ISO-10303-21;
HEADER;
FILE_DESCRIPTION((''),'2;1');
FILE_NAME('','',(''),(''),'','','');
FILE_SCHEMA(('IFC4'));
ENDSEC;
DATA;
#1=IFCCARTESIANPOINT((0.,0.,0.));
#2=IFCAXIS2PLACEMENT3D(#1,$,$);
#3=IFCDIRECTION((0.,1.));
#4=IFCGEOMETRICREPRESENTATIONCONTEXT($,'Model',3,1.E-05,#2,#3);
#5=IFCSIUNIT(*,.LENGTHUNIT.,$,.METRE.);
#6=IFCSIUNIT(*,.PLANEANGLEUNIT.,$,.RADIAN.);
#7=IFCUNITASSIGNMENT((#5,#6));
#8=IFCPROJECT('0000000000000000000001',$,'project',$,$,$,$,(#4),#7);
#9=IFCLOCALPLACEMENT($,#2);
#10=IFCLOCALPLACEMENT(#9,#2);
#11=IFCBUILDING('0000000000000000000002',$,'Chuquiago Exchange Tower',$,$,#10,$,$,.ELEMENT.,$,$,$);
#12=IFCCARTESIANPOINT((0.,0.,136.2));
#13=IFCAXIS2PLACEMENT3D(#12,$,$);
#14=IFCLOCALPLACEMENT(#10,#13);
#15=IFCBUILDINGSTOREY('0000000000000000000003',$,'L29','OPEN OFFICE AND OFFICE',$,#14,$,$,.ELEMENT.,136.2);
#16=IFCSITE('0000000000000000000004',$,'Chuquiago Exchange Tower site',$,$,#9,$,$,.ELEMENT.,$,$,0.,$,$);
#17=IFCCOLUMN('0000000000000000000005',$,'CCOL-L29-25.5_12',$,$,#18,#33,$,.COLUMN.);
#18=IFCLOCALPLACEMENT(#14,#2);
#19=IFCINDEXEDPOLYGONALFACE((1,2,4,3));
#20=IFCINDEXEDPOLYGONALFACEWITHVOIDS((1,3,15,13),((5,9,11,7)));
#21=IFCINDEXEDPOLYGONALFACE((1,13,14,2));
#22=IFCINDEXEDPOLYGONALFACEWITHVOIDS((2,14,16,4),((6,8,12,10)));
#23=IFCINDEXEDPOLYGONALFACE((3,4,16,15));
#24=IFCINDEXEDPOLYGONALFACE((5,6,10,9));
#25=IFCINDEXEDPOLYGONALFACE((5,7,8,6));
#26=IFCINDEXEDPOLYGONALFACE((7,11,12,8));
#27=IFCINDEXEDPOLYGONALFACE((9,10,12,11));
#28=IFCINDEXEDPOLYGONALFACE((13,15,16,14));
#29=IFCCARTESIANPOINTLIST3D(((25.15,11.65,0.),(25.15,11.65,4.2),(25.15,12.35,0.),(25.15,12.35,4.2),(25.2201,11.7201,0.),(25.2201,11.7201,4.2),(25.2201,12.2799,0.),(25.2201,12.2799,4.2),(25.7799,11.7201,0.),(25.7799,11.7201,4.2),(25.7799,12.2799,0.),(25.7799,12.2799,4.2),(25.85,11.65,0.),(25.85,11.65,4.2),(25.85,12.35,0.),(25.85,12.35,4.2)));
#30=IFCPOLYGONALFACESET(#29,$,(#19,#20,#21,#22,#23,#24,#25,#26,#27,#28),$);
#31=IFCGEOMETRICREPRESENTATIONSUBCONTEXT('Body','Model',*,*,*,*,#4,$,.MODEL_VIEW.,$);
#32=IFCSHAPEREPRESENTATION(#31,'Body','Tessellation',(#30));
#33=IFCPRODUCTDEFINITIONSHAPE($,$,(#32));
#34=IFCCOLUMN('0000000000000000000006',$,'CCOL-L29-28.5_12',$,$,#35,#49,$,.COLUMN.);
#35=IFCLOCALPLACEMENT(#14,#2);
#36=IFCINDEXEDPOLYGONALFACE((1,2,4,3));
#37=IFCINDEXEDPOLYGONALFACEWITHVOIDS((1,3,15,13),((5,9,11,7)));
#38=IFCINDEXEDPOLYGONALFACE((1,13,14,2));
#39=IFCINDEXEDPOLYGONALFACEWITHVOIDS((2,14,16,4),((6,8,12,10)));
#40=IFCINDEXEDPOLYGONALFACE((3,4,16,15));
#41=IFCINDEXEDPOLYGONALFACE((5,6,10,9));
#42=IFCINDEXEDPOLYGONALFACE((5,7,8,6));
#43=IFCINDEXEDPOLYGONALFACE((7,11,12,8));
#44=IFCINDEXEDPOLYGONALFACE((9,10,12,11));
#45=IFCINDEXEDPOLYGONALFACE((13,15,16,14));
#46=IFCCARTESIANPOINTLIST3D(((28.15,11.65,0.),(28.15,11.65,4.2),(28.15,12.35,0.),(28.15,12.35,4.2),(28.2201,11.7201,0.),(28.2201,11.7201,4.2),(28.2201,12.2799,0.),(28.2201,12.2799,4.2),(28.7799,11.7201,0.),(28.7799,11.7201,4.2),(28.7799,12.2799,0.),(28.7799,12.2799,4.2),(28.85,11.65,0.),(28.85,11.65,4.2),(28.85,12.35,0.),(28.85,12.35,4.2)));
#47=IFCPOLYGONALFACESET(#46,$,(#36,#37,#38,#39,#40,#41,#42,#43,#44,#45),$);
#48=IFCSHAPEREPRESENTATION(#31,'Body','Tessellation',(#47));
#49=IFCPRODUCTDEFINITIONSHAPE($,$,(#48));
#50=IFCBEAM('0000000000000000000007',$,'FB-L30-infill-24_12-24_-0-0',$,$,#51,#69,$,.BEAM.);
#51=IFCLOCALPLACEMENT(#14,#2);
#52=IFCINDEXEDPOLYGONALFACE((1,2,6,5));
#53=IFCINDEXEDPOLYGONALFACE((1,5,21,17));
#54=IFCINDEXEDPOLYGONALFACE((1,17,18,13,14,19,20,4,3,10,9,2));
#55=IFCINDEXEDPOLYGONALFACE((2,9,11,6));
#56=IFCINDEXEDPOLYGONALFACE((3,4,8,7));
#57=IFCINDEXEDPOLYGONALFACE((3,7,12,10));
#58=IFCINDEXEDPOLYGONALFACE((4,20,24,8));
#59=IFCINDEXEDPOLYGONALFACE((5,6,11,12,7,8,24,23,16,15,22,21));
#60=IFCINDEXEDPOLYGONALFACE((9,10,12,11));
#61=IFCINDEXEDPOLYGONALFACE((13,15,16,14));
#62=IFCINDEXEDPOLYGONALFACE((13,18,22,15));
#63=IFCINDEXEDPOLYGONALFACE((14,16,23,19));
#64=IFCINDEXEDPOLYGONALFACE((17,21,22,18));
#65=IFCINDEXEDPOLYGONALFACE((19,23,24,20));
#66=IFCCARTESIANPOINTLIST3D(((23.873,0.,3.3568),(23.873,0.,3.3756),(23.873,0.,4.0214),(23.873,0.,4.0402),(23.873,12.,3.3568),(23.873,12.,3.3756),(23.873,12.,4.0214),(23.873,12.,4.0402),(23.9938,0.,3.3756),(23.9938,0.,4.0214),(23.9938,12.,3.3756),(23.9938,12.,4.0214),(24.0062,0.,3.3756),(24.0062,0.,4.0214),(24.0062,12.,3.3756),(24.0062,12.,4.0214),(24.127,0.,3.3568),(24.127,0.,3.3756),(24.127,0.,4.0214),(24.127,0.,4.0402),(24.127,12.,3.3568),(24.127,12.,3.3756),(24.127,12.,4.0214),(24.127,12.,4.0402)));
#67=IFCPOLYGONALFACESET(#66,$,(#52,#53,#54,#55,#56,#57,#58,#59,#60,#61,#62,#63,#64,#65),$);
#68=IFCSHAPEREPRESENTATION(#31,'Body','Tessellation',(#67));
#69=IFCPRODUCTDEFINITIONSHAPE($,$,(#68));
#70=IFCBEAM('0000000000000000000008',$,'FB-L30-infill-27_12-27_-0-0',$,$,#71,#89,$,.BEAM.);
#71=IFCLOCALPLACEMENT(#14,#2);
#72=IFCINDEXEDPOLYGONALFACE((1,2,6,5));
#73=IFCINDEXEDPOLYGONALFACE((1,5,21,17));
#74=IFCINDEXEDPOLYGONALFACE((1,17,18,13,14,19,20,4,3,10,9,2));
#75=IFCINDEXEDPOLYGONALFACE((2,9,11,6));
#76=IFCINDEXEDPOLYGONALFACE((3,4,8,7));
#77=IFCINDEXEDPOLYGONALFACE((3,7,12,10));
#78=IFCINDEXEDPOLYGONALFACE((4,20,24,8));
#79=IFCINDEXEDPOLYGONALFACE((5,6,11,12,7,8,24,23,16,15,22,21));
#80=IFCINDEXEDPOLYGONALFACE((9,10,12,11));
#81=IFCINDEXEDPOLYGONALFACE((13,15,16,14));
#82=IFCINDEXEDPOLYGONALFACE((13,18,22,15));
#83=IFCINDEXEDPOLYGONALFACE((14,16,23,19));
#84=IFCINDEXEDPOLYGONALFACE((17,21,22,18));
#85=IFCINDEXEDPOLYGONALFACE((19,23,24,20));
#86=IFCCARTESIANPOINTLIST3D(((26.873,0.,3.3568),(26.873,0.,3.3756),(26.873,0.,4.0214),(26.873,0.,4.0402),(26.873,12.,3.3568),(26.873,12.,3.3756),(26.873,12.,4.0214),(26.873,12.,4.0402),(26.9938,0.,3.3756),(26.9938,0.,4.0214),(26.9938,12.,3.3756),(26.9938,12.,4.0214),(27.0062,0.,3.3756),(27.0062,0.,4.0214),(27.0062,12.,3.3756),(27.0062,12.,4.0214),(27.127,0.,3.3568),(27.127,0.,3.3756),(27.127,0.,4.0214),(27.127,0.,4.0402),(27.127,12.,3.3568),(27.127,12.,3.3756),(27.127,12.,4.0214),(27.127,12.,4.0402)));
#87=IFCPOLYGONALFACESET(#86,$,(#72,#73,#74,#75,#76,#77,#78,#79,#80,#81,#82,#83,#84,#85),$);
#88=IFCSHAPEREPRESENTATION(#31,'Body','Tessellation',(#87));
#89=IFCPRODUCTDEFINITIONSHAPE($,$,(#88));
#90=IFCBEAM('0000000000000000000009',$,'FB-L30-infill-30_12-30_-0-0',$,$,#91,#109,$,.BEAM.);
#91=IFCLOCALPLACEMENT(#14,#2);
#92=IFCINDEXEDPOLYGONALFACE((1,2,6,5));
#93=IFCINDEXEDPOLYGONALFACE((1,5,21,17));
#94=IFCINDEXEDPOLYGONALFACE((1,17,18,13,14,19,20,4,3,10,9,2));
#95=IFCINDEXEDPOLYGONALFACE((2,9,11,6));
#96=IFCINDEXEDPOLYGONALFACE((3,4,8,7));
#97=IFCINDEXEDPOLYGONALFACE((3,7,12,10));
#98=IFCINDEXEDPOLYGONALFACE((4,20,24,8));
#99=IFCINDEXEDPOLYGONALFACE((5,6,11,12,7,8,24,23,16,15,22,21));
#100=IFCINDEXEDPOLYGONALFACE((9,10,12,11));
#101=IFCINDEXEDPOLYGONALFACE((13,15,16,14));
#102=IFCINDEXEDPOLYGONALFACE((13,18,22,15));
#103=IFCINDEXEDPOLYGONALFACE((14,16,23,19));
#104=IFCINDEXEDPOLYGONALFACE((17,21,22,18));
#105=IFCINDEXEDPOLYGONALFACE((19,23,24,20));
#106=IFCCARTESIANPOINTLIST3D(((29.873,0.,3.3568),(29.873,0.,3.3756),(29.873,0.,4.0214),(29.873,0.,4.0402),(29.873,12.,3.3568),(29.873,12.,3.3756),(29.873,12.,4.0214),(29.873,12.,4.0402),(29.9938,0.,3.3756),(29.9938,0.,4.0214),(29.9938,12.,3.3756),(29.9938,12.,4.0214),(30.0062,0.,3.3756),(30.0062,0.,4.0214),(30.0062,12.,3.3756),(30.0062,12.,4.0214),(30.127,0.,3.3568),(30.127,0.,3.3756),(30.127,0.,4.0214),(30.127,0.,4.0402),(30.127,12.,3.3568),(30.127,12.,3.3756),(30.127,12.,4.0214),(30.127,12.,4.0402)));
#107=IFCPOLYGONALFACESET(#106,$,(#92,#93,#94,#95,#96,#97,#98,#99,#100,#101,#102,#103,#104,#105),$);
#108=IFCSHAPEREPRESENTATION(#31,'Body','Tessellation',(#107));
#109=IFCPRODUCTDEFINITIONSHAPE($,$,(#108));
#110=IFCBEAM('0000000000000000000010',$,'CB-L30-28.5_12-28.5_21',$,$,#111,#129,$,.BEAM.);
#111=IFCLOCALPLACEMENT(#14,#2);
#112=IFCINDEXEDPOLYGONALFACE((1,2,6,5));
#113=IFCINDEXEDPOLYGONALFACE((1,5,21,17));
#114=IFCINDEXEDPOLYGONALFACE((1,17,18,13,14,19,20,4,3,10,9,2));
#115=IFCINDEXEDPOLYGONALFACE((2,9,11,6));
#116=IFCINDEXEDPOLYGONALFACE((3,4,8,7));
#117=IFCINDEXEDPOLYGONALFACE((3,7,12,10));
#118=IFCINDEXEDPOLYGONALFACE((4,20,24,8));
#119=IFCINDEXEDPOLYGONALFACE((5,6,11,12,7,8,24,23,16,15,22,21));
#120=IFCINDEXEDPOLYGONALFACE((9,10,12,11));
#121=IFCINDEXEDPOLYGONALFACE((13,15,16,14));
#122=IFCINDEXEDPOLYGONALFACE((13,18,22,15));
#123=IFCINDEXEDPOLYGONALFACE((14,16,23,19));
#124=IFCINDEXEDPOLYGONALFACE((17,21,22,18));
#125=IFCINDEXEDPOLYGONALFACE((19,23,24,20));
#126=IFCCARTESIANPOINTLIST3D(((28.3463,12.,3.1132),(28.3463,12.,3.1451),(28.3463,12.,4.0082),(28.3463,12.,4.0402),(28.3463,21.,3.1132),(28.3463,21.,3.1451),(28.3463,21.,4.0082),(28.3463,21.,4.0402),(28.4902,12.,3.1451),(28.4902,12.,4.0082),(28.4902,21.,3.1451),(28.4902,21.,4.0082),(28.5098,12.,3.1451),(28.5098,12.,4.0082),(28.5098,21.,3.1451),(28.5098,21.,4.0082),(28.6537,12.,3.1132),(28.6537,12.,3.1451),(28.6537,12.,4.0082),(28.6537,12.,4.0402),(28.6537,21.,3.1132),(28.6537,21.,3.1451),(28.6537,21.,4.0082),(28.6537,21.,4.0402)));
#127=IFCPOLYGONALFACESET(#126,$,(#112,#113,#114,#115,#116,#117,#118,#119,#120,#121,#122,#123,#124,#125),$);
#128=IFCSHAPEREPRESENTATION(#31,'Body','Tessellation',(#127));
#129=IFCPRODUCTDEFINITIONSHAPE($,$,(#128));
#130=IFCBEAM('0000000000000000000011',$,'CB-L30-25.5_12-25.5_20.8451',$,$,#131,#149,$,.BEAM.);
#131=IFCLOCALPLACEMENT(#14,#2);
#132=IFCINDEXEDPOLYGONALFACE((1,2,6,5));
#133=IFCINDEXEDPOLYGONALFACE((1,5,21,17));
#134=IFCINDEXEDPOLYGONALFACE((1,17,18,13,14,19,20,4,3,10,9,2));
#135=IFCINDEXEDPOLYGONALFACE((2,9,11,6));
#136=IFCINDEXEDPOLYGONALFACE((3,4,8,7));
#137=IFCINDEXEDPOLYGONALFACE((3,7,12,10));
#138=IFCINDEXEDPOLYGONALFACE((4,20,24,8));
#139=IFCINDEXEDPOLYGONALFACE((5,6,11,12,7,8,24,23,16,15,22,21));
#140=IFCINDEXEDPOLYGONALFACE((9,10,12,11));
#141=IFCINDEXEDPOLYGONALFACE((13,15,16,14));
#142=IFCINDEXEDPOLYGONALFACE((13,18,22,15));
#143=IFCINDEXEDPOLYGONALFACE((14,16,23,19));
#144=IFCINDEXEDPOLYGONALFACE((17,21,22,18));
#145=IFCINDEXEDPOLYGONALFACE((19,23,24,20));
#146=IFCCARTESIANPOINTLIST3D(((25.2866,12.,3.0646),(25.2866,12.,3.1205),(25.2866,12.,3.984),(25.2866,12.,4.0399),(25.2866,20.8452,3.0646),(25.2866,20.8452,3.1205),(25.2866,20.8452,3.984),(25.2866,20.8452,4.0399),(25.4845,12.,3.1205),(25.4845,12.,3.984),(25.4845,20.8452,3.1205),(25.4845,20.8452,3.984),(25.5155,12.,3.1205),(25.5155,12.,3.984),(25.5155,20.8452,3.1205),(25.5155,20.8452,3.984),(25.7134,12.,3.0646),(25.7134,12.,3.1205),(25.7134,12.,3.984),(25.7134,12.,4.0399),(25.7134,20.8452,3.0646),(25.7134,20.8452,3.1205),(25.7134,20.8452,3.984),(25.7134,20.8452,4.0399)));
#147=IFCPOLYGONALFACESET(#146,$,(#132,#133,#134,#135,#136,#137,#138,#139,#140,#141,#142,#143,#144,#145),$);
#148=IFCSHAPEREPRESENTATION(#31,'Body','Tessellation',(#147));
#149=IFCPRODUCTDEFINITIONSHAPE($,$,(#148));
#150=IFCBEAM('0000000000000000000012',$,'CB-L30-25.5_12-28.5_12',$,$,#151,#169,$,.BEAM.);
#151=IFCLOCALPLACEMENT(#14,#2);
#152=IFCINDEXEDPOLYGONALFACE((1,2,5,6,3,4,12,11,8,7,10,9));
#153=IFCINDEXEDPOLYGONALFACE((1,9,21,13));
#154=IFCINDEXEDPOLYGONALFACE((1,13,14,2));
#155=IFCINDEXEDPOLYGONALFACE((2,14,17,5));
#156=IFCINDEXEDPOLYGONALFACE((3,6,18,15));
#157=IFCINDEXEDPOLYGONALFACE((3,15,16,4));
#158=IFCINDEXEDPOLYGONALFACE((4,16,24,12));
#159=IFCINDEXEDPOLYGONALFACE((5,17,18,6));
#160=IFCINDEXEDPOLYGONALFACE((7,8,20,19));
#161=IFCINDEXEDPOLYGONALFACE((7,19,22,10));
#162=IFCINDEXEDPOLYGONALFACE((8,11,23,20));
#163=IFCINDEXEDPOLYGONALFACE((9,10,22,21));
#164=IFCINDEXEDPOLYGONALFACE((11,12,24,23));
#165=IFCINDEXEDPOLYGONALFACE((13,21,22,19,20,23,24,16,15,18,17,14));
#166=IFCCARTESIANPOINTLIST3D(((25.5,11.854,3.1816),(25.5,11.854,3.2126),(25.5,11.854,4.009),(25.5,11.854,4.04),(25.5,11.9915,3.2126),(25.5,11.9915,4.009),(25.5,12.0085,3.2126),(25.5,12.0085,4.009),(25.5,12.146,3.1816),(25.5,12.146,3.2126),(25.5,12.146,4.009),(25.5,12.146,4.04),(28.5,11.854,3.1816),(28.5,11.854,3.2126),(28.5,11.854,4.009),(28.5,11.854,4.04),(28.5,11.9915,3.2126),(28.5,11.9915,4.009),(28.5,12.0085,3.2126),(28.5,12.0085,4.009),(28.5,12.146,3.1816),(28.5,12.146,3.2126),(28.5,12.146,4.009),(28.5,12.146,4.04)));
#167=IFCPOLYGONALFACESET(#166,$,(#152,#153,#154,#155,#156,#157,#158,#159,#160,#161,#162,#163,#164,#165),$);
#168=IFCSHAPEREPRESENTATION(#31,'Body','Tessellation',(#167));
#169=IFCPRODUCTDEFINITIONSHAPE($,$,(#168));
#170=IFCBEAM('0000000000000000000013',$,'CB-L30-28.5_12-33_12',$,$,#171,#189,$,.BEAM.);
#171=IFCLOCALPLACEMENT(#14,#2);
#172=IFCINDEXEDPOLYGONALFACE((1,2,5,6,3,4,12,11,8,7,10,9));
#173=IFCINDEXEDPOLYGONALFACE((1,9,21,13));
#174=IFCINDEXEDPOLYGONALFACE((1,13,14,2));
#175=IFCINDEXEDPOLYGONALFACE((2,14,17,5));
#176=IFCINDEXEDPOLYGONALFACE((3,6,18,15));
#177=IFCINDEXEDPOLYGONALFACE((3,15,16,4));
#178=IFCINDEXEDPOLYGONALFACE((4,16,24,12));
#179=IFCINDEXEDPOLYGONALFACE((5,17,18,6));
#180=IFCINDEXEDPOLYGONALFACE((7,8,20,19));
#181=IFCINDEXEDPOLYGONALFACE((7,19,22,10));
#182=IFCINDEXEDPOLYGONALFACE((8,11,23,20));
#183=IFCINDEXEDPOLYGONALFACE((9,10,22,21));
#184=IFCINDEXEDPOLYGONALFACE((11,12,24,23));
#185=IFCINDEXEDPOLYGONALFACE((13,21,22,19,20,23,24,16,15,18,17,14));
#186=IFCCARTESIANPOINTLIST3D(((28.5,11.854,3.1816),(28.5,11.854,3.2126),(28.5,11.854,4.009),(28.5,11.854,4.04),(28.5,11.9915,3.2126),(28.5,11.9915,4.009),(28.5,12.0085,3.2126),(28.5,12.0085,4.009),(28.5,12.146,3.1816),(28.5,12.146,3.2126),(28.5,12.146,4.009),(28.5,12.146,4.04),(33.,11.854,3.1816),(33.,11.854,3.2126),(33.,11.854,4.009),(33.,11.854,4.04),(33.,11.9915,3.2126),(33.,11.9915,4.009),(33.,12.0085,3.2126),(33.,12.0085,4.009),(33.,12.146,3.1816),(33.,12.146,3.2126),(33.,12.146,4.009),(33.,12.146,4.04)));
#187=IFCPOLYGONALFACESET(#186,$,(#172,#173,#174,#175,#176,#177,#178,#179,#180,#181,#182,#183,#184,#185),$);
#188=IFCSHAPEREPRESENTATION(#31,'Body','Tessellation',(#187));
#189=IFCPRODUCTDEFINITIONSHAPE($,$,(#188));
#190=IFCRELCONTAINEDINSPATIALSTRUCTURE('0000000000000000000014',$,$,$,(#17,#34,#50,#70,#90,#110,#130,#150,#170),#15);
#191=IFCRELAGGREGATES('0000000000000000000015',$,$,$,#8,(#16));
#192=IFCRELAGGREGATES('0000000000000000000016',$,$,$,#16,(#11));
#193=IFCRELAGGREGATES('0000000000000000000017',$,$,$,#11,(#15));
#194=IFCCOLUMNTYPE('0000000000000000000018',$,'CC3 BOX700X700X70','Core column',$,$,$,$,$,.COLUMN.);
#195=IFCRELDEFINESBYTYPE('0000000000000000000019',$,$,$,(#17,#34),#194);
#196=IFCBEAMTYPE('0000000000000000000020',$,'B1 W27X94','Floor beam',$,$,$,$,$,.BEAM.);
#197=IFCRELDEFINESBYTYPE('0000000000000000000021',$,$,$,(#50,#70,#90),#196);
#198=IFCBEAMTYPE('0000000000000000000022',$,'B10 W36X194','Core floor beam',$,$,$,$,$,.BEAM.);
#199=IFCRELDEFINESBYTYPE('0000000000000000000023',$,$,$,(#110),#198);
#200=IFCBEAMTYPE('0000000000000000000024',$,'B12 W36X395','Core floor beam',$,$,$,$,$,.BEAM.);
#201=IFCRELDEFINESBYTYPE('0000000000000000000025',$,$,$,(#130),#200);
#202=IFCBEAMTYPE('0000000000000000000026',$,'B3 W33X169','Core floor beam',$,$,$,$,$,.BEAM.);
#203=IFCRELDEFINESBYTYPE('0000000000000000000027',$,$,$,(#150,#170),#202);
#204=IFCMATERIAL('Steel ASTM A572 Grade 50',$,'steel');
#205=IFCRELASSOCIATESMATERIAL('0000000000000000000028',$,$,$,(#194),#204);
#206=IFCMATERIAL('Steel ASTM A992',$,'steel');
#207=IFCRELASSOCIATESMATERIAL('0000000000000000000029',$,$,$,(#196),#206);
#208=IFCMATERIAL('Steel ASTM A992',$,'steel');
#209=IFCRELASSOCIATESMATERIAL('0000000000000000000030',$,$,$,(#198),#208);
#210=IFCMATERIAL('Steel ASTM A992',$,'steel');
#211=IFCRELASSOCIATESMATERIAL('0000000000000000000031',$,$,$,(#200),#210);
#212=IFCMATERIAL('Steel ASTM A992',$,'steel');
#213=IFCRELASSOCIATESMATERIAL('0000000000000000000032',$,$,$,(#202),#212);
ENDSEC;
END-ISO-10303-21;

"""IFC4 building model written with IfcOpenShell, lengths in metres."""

from ifc_helpers import new_model, si_unit, direction, frame, origin, origin_2d, place, context, subcontext, project, spatial, hollow_rectangle, i_section, extrude, material, material_profile, profile_set, type_object, element, save


model = new_model("IFC4")

# Units and contexts
model_context = context("Model", 3, precision=1e-05, world=origin(), true_north=direction((0.0, 1.0)))
body_context = subcontext(model_context, "Body", "Model", "MODEL_VIEW")
ifc_project = project(units=[si_unit("LENGTHUNIT", "METRE"), si_unit("PLANEANGLEUNIT", "RADIAN")], contexts=[model_context])

# Site, building, storey
site_placement = place(None, origin())
site = spatial("IfcSite", under=ifc_project, at=site_placement, Name="Chuquiago Exchange Tower site", CompositionType="ELEMENT", RefElevation=0.0)
building_placement = place(site_placement, origin())
building = spatial("IfcBuilding", under=site, at=building_placement, Name="Chuquiago Exchange Tower", CompositionType="ELEMENT")
storey_placement = place(building_placement, frame((0.0, 0.0, 136.2)))
storey = spatial("IfcBuildingStorey", under=building, at=storey_placement, Name="L29", Description="OPEN OFFICE AND OFFICE", CompositionType="ELEMENT", Elevation=136.2)

# Columns
ifc_material_1 = material(Name="Steel ASTM A572 Grade 50", Category="steel")
ifc_material_profile_1 = material_profile(ifc_material_1, hollow_rectangle(XDim=0.7, YDim=0.7, WallThickness=0.0701, at=origin_2d()), Name="BOX700X700X70")
ifc_profile_set_1 = profile_set([ifc_material_profile_1], Name="Steel ASTM A572 Grade 50")
column_type = type_object("IfcColumnType", Name="CC3 BOX700X700X70", Description="Core column", PredefinedType="COLUMN", material=ifc_profile_set_1)
for number, where, z_axis, x_axis, name in (
    (1, (25.5, 12.0, 0.0), (0.0, 0.0, 1.0), (1.0, 0.0, 0.0), "CCOL-L29-25.5_12"),
    (2, (28.5, 12.0, 0.0), (0.0, 0.0, 1.0), (1.0, 0.0, 0.0), "CCOL-L29-28.5_12"),
):
    element("IfcColumn", number, at=place(storey_placement, frame(where, z_axis=z_axis, x_axis=x_axis)), inside=storey, type_object=column_type, Name=name, PredefinedType="COLUMN", context=body_context, shape_type="SweptSolid", body=[
        extrude(hollow_rectangle(XDim=0.7, YDim=0.7, WallThickness=0.0701, at=origin_2d()), origin(), (0.0, 0.0, 1.0), 4.2),
    ])

# Beams
ifc_material_2 = material(Name="Steel ASTM A992", Category="steel")
ifc_material_profile_2 = material_profile(ifc_material_2, i_section(OverallWidth=0.2539, OverallDepth=0.6833, WebThickness=0.0125, FlangeThickness=0.0188, at=origin_2d()), Name="W27X94")
ifc_profile_set_2 = profile_set([ifc_material_profile_2], Name="Steel ASTM A992")
beam_type_1 = type_object("IfcBeamType", Name="B1 W27X94", Description="Floor beam", PredefinedType="BEAM", material=ifc_profile_set_2)
for number, where, z_axis, x_axis, name in (
    (3, (24.0, 12.0, 3.6985), (0.0, -1.0, 0.0), (1.0, 0.0, 0.0), "FB-L30-infill-24_12-24_-0-0"),
    (4, (27.0, 12.0, 3.6985), (0.0, -1.0, 0.0), (1.0, 0.0, 0.0), "FB-L30-infill-27_12-27_-0-0"),
    (5, (30.0, 12.0, 3.6985), (0.0, -1.0, 0.0), (1.0, 0.0, 0.0), "FB-L30-infill-30_12-30_-0-0"),
):
    element("IfcBeam", number, at=place(storey_placement, frame(where, z_axis=z_axis, x_axis=x_axis)), inside=storey, type_object=beam_type_1, Name=name, PredefinedType="BEAM", context=body_context, shape_type="SweptSolid", body=[
        extrude(i_section(OverallWidth=0.2539, OverallDepth=0.6833, WebThickness=0.0125, FlangeThickness=0.0188, at=origin_2d()), origin(), (0.0, 0.0, 1.0), 12.0),
    ])
ifc_material_3 = material(Name="Steel ASTM A992", Category="steel")
ifc_material_profile_3 = material_profile(ifc_material_3, i_section(OverallWidth=0.3074, OverallDepth=0.927, WebThickness=0.0195, FlangeThickness=0.032, at=origin_2d()), Name="W36X194")
ifc_profile_set_3 = profile_set([ifc_material_profile_3], Name="Steel ASTM A992")
beam_type_2 = type_object("IfcBeamType", Name="B10 W36X194", Description="Core floor beam", PredefinedType="BEAM", material=ifc_profile_set_3)
beam_1_placement = place(storey_placement, frame((28.5, 12.0, 3.5767), z_axis=(0.0, 1.0, 0.0), x_axis=(-1.0, 0.0, 0.0)))
element("IfcBeam", 6, at=beam_1_placement, inside=storey, type_object=beam_type_2, Name="CB-L30-28.5_12-28.5_21", PredefinedType="BEAM", context=body_context, shape_type="SweptSolid", body=[
    extrude(i_section(OverallWidth=0.3074, OverallDepth=0.927, WebThickness=0.0195, FlangeThickness=0.032, at=origin_2d()), origin(), (0.0, 0.0, 1.0), 9.0),
])
ifc_material_4 = material(Name="Steel ASTM A992", Category="steel")
ifc_material_profile_4 = material_profile(ifc_material_4, i_section(OverallWidth=0.4268, OverallDepth=0.9753, WebThickness=0.031, FlangeThickness=0.0559, at=origin_2d()), Name="W36X395")
ifc_profile_set_4 = profile_set([ifc_material_profile_4], Name="Steel ASTM A992")
beam_type_3 = type_object("IfcBeamType", Name="B12 W36X395", Description="Core floor beam", PredefinedType="BEAM", material=ifc_profile_set_4)
beam_2_placement = place(storey_placement, frame((25.5, 12.0, 3.5522), z_axis=(0.0, 1.0, 0.0), x_axis=(-1.0, 0.0, 0.0)))
element("IfcBeam", 7, at=beam_2_placement, inside=storey, type_object=beam_type_3, Name="CB-L30-25.5_12-25.5_20.8451", PredefinedType="BEAM", context=body_context, shape_type="SweptSolid", body=[
    extrude(i_section(OverallWidth=0.4268, OverallDepth=0.9753, WebThickness=0.031, FlangeThickness=0.0559, at=origin_2d()), origin(), (0.0, 0.0, 1.0), 8.8452),
])
ifc_material_5 = material(Name="Steel ASTM A992", Category="steel")
ifc_material_profile_5 = material_profile(ifc_material_5, i_section(OverallWidth=0.292, OverallDepth=0.8584, WebThickness=0.0171, FlangeThickness=0.031, at=origin_2d()), Name="W33X169")
ifc_profile_set_5 = profile_set([ifc_material_profile_5], Name="Steel ASTM A992")
beam_type_4 = type_object("IfcBeamType", Name="B3 W33X169", Description="Core floor beam", PredefinedType="BEAM", material=ifc_profile_set_5)
beam_3_placement = place(storey_placement, frame((25.5, 12.0, 3.6108), z_axis=(1.0, 0.0, 0.0), x_axis=(0.0, 1.0, 0.0)))
element("IfcBeam", 8, at=beam_3_placement, inside=storey, type_object=beam_type_4, Name="CB-L30-25.5_12-28.5_12", PredefinedType="BEAM", context=body_context, shape_type="SweptSolid", body=[
    extrude(i_section(OverallWidth=0.292, OverallDepth=0.8584, WebThickness=0.0171, FlangeThickness=0.031, at=origin_2d()), origin(), (0.0, 0.0, 1.0), 3.0),
])
beam_4_placement = place(storey_placement, frame((28.5, 12.0, 3.6108), z_axis=(1.0, 0.0, 0.0), x_axis=(0.0, 1.0, 0.0)))
element("IfcBeam", 9, at=beam_4_placement, inside=storey, type_object=beam_type_4, Name="CB-L30-28.5_12-33_12", PredefinedType="BEAM", context=body_context, shape_type="SweptSolid", body=[
    extrude(i_section(OverallWidth=0.292, OverallDepth=0.8584, WebThickness=0.0171, FlangeThickness=0.031, at=origin_2d()), origin(), (0.0, 0.0, 1.0), 4.5),
])

save(model, "model.ifc")
